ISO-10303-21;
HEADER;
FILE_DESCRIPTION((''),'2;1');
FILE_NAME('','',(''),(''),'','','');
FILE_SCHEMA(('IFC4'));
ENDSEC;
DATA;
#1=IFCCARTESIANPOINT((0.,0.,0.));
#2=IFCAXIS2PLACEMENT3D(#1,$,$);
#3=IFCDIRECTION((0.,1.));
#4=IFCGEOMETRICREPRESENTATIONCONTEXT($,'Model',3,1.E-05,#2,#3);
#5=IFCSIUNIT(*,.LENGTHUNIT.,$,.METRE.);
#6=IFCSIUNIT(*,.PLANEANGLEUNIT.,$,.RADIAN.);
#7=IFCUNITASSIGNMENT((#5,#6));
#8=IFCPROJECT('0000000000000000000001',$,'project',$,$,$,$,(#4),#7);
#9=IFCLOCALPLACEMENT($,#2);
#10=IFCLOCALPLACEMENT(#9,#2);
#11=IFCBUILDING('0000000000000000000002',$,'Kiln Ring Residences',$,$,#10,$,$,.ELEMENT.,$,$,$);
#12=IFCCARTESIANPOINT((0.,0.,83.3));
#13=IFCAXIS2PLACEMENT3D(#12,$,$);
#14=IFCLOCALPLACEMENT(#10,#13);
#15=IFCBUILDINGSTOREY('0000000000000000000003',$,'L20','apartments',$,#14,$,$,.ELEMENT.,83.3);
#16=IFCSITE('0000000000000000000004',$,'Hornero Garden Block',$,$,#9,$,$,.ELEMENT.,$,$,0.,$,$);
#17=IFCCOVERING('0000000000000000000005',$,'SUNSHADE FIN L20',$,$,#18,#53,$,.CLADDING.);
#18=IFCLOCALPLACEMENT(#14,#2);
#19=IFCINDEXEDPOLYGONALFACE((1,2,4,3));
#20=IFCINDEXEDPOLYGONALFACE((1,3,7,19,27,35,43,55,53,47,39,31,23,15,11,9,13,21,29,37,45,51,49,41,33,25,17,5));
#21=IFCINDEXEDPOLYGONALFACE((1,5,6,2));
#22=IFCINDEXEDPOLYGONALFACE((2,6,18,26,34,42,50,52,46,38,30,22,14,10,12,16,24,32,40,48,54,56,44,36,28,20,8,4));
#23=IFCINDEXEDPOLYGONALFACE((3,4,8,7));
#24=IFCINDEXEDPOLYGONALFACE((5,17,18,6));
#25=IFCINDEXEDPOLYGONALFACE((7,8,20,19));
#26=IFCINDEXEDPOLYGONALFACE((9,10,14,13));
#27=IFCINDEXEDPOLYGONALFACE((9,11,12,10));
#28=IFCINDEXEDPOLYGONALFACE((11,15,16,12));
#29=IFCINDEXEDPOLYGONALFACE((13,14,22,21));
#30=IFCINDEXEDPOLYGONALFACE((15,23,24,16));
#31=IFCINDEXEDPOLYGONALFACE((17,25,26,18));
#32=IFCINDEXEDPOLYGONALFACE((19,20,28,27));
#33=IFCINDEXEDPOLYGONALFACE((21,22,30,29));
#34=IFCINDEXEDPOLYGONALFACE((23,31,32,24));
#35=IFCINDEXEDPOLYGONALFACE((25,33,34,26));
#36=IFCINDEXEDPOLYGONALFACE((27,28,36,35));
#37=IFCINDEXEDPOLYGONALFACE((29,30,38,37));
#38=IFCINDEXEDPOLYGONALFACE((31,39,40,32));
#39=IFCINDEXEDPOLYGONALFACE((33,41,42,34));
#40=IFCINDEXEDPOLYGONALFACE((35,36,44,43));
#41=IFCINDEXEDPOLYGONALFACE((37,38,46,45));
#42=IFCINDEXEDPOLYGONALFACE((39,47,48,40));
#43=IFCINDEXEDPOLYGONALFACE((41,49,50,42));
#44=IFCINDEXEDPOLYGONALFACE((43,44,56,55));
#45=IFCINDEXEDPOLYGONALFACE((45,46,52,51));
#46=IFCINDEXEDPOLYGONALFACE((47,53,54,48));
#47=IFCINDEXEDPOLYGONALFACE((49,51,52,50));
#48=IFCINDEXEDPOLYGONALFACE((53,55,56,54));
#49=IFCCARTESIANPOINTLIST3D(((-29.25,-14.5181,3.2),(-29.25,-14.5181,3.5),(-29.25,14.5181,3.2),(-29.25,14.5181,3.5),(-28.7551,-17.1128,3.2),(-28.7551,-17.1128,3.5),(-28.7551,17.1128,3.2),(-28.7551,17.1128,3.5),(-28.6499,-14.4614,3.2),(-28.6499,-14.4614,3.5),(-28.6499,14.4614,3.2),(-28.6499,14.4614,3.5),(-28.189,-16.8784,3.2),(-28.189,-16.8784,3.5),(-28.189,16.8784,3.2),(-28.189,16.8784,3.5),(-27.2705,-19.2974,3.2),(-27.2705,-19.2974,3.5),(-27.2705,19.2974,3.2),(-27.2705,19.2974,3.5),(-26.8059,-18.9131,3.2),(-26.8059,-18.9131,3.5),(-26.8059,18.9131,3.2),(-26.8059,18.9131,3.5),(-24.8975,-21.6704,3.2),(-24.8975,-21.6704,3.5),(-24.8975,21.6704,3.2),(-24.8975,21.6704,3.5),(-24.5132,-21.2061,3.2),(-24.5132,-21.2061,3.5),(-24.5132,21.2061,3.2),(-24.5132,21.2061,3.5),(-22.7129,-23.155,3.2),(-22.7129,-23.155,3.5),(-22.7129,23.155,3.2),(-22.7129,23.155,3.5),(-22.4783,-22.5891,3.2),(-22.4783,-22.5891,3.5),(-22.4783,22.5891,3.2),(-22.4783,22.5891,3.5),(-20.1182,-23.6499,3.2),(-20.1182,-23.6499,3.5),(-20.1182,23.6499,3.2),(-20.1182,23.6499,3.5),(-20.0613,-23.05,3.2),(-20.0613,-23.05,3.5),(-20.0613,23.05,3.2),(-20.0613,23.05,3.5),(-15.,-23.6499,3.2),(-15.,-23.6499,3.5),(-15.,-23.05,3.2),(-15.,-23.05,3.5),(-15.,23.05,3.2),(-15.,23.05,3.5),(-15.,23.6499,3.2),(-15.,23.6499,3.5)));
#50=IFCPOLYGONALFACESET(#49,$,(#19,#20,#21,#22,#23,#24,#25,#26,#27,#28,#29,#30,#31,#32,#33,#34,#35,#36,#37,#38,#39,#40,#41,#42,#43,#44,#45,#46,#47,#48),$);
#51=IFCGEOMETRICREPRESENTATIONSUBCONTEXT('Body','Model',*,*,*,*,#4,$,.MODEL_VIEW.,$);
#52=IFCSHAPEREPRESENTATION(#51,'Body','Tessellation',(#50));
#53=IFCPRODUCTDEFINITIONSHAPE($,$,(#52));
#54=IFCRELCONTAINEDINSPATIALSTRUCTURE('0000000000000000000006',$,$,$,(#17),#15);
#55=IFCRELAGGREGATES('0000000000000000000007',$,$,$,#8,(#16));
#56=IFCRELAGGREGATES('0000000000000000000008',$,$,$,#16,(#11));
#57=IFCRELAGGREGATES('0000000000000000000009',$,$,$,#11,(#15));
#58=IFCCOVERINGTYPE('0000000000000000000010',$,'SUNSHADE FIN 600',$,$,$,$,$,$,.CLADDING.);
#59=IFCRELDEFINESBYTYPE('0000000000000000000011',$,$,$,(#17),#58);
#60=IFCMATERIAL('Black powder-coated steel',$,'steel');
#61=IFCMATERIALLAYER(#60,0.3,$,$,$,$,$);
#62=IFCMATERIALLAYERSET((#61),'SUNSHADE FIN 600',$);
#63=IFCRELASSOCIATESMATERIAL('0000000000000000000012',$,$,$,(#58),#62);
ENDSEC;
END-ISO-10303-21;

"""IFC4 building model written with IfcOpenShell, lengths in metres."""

from ifc_helpers import new_model, si_unit, direction, frame, origin, place, context, subcontext, project, spatial, polyline, outline, extrude, material, layer, layer_set, type_object, element, save


model = new_model("IFC4")

# Units and contexts
model_context = context("Model", 3, precision=1e-05, world=origin(), true_north=direction((0.0, 1.0)))
body_context = subcontext(model_context, "Body", "Model", "MODEL_VIEW")
ifc_project = project(units=[si_unit("LENGTHUNIT", "METRE"), si_unit("PLANEANGLEUNIT", "RADIAN")], contexts=[model_context])

# Site, building, storey
site_placement = place(None, origin())
site = spatial("IfcSite", under=ifc_project, at=site_placement, Name="Hornero Garden Block", CompositionType="ELEMENT", RefElevation=0.0)
building_placement = place(site_placement, origin())
building = spatial("IfcBuilding", under=site, at=building_placement, Name="Kiln Ring Residences", CompositionType="ELEMENT")
storey_placement = place(building_placement, frame((0.0, 0.0, 83.3)))
storey = spatial("IfcBuildingStorey", under=building, at=storey_placement, Name="L20", Description="apartments", CompositionType="ELEMENT", Elevation=83.3)

# Covering
ifc_material_1 = material(Name="Black powder-coated steel", Category="steel")
ifc_layer_1 = layer(ifc_material_1, 0.3)
ifc_layer_set_1 = layer_set([ifc_layer_1], Name="SUNSHADE FIN 600")
covering_type = type_object("IfcCoveringType", Name="SUNSHADE FIN 600", PredefinedType="CLADDING", material=ifc_layer_set_1)
covering_placement = place(storey_placement, frame((0.0, 0.0, 3.2)))
element("IfcCovering", 1, at=covering_placement, inside=storey, type_object=covering_type, Name="SUNSHADE FIN L20", PredefinedType="CLADDING", context=body_context, shape_type="SweptSolid", body=[
    extrude(outline(polyline([(-29.25, -14.5181), (-28.7551, -17.1128), (-27.2705, -19.2974), (-24.8975, -21.6704), (-22.7129, -23.155), (-20.1182, -23.6499), (-15.0, -23.6499), (-15.0, -23.05), (-20.0613, -23.05), (-22.4783, -22.5891), (-24.5132, -21.2061), (-26.8059, -18.9131), (-28.189, -16.8784), (-28.6499, -14.4614), (-28.6499, 14.4614), (-28.189, 16.8784), (-26.8059, 18.9131), (-24.5132, 21.2061), (-22.4783, 22.5891), (-20.0613, 23.05), (-15.0, 23.05), (-15.0, 23.6499), (-20.1182, 23.6499), (-22.7129, 23.155), (-24.8975, 21.6704), (-27.2705, 19.2974), (-28.7551, 17.1128), (-29.25, 14.5181), (-29.25, -14.5181)])), origin(), (0.0, 0.0, 1.0), 0.3),
])

save(model, "model.ifc")
